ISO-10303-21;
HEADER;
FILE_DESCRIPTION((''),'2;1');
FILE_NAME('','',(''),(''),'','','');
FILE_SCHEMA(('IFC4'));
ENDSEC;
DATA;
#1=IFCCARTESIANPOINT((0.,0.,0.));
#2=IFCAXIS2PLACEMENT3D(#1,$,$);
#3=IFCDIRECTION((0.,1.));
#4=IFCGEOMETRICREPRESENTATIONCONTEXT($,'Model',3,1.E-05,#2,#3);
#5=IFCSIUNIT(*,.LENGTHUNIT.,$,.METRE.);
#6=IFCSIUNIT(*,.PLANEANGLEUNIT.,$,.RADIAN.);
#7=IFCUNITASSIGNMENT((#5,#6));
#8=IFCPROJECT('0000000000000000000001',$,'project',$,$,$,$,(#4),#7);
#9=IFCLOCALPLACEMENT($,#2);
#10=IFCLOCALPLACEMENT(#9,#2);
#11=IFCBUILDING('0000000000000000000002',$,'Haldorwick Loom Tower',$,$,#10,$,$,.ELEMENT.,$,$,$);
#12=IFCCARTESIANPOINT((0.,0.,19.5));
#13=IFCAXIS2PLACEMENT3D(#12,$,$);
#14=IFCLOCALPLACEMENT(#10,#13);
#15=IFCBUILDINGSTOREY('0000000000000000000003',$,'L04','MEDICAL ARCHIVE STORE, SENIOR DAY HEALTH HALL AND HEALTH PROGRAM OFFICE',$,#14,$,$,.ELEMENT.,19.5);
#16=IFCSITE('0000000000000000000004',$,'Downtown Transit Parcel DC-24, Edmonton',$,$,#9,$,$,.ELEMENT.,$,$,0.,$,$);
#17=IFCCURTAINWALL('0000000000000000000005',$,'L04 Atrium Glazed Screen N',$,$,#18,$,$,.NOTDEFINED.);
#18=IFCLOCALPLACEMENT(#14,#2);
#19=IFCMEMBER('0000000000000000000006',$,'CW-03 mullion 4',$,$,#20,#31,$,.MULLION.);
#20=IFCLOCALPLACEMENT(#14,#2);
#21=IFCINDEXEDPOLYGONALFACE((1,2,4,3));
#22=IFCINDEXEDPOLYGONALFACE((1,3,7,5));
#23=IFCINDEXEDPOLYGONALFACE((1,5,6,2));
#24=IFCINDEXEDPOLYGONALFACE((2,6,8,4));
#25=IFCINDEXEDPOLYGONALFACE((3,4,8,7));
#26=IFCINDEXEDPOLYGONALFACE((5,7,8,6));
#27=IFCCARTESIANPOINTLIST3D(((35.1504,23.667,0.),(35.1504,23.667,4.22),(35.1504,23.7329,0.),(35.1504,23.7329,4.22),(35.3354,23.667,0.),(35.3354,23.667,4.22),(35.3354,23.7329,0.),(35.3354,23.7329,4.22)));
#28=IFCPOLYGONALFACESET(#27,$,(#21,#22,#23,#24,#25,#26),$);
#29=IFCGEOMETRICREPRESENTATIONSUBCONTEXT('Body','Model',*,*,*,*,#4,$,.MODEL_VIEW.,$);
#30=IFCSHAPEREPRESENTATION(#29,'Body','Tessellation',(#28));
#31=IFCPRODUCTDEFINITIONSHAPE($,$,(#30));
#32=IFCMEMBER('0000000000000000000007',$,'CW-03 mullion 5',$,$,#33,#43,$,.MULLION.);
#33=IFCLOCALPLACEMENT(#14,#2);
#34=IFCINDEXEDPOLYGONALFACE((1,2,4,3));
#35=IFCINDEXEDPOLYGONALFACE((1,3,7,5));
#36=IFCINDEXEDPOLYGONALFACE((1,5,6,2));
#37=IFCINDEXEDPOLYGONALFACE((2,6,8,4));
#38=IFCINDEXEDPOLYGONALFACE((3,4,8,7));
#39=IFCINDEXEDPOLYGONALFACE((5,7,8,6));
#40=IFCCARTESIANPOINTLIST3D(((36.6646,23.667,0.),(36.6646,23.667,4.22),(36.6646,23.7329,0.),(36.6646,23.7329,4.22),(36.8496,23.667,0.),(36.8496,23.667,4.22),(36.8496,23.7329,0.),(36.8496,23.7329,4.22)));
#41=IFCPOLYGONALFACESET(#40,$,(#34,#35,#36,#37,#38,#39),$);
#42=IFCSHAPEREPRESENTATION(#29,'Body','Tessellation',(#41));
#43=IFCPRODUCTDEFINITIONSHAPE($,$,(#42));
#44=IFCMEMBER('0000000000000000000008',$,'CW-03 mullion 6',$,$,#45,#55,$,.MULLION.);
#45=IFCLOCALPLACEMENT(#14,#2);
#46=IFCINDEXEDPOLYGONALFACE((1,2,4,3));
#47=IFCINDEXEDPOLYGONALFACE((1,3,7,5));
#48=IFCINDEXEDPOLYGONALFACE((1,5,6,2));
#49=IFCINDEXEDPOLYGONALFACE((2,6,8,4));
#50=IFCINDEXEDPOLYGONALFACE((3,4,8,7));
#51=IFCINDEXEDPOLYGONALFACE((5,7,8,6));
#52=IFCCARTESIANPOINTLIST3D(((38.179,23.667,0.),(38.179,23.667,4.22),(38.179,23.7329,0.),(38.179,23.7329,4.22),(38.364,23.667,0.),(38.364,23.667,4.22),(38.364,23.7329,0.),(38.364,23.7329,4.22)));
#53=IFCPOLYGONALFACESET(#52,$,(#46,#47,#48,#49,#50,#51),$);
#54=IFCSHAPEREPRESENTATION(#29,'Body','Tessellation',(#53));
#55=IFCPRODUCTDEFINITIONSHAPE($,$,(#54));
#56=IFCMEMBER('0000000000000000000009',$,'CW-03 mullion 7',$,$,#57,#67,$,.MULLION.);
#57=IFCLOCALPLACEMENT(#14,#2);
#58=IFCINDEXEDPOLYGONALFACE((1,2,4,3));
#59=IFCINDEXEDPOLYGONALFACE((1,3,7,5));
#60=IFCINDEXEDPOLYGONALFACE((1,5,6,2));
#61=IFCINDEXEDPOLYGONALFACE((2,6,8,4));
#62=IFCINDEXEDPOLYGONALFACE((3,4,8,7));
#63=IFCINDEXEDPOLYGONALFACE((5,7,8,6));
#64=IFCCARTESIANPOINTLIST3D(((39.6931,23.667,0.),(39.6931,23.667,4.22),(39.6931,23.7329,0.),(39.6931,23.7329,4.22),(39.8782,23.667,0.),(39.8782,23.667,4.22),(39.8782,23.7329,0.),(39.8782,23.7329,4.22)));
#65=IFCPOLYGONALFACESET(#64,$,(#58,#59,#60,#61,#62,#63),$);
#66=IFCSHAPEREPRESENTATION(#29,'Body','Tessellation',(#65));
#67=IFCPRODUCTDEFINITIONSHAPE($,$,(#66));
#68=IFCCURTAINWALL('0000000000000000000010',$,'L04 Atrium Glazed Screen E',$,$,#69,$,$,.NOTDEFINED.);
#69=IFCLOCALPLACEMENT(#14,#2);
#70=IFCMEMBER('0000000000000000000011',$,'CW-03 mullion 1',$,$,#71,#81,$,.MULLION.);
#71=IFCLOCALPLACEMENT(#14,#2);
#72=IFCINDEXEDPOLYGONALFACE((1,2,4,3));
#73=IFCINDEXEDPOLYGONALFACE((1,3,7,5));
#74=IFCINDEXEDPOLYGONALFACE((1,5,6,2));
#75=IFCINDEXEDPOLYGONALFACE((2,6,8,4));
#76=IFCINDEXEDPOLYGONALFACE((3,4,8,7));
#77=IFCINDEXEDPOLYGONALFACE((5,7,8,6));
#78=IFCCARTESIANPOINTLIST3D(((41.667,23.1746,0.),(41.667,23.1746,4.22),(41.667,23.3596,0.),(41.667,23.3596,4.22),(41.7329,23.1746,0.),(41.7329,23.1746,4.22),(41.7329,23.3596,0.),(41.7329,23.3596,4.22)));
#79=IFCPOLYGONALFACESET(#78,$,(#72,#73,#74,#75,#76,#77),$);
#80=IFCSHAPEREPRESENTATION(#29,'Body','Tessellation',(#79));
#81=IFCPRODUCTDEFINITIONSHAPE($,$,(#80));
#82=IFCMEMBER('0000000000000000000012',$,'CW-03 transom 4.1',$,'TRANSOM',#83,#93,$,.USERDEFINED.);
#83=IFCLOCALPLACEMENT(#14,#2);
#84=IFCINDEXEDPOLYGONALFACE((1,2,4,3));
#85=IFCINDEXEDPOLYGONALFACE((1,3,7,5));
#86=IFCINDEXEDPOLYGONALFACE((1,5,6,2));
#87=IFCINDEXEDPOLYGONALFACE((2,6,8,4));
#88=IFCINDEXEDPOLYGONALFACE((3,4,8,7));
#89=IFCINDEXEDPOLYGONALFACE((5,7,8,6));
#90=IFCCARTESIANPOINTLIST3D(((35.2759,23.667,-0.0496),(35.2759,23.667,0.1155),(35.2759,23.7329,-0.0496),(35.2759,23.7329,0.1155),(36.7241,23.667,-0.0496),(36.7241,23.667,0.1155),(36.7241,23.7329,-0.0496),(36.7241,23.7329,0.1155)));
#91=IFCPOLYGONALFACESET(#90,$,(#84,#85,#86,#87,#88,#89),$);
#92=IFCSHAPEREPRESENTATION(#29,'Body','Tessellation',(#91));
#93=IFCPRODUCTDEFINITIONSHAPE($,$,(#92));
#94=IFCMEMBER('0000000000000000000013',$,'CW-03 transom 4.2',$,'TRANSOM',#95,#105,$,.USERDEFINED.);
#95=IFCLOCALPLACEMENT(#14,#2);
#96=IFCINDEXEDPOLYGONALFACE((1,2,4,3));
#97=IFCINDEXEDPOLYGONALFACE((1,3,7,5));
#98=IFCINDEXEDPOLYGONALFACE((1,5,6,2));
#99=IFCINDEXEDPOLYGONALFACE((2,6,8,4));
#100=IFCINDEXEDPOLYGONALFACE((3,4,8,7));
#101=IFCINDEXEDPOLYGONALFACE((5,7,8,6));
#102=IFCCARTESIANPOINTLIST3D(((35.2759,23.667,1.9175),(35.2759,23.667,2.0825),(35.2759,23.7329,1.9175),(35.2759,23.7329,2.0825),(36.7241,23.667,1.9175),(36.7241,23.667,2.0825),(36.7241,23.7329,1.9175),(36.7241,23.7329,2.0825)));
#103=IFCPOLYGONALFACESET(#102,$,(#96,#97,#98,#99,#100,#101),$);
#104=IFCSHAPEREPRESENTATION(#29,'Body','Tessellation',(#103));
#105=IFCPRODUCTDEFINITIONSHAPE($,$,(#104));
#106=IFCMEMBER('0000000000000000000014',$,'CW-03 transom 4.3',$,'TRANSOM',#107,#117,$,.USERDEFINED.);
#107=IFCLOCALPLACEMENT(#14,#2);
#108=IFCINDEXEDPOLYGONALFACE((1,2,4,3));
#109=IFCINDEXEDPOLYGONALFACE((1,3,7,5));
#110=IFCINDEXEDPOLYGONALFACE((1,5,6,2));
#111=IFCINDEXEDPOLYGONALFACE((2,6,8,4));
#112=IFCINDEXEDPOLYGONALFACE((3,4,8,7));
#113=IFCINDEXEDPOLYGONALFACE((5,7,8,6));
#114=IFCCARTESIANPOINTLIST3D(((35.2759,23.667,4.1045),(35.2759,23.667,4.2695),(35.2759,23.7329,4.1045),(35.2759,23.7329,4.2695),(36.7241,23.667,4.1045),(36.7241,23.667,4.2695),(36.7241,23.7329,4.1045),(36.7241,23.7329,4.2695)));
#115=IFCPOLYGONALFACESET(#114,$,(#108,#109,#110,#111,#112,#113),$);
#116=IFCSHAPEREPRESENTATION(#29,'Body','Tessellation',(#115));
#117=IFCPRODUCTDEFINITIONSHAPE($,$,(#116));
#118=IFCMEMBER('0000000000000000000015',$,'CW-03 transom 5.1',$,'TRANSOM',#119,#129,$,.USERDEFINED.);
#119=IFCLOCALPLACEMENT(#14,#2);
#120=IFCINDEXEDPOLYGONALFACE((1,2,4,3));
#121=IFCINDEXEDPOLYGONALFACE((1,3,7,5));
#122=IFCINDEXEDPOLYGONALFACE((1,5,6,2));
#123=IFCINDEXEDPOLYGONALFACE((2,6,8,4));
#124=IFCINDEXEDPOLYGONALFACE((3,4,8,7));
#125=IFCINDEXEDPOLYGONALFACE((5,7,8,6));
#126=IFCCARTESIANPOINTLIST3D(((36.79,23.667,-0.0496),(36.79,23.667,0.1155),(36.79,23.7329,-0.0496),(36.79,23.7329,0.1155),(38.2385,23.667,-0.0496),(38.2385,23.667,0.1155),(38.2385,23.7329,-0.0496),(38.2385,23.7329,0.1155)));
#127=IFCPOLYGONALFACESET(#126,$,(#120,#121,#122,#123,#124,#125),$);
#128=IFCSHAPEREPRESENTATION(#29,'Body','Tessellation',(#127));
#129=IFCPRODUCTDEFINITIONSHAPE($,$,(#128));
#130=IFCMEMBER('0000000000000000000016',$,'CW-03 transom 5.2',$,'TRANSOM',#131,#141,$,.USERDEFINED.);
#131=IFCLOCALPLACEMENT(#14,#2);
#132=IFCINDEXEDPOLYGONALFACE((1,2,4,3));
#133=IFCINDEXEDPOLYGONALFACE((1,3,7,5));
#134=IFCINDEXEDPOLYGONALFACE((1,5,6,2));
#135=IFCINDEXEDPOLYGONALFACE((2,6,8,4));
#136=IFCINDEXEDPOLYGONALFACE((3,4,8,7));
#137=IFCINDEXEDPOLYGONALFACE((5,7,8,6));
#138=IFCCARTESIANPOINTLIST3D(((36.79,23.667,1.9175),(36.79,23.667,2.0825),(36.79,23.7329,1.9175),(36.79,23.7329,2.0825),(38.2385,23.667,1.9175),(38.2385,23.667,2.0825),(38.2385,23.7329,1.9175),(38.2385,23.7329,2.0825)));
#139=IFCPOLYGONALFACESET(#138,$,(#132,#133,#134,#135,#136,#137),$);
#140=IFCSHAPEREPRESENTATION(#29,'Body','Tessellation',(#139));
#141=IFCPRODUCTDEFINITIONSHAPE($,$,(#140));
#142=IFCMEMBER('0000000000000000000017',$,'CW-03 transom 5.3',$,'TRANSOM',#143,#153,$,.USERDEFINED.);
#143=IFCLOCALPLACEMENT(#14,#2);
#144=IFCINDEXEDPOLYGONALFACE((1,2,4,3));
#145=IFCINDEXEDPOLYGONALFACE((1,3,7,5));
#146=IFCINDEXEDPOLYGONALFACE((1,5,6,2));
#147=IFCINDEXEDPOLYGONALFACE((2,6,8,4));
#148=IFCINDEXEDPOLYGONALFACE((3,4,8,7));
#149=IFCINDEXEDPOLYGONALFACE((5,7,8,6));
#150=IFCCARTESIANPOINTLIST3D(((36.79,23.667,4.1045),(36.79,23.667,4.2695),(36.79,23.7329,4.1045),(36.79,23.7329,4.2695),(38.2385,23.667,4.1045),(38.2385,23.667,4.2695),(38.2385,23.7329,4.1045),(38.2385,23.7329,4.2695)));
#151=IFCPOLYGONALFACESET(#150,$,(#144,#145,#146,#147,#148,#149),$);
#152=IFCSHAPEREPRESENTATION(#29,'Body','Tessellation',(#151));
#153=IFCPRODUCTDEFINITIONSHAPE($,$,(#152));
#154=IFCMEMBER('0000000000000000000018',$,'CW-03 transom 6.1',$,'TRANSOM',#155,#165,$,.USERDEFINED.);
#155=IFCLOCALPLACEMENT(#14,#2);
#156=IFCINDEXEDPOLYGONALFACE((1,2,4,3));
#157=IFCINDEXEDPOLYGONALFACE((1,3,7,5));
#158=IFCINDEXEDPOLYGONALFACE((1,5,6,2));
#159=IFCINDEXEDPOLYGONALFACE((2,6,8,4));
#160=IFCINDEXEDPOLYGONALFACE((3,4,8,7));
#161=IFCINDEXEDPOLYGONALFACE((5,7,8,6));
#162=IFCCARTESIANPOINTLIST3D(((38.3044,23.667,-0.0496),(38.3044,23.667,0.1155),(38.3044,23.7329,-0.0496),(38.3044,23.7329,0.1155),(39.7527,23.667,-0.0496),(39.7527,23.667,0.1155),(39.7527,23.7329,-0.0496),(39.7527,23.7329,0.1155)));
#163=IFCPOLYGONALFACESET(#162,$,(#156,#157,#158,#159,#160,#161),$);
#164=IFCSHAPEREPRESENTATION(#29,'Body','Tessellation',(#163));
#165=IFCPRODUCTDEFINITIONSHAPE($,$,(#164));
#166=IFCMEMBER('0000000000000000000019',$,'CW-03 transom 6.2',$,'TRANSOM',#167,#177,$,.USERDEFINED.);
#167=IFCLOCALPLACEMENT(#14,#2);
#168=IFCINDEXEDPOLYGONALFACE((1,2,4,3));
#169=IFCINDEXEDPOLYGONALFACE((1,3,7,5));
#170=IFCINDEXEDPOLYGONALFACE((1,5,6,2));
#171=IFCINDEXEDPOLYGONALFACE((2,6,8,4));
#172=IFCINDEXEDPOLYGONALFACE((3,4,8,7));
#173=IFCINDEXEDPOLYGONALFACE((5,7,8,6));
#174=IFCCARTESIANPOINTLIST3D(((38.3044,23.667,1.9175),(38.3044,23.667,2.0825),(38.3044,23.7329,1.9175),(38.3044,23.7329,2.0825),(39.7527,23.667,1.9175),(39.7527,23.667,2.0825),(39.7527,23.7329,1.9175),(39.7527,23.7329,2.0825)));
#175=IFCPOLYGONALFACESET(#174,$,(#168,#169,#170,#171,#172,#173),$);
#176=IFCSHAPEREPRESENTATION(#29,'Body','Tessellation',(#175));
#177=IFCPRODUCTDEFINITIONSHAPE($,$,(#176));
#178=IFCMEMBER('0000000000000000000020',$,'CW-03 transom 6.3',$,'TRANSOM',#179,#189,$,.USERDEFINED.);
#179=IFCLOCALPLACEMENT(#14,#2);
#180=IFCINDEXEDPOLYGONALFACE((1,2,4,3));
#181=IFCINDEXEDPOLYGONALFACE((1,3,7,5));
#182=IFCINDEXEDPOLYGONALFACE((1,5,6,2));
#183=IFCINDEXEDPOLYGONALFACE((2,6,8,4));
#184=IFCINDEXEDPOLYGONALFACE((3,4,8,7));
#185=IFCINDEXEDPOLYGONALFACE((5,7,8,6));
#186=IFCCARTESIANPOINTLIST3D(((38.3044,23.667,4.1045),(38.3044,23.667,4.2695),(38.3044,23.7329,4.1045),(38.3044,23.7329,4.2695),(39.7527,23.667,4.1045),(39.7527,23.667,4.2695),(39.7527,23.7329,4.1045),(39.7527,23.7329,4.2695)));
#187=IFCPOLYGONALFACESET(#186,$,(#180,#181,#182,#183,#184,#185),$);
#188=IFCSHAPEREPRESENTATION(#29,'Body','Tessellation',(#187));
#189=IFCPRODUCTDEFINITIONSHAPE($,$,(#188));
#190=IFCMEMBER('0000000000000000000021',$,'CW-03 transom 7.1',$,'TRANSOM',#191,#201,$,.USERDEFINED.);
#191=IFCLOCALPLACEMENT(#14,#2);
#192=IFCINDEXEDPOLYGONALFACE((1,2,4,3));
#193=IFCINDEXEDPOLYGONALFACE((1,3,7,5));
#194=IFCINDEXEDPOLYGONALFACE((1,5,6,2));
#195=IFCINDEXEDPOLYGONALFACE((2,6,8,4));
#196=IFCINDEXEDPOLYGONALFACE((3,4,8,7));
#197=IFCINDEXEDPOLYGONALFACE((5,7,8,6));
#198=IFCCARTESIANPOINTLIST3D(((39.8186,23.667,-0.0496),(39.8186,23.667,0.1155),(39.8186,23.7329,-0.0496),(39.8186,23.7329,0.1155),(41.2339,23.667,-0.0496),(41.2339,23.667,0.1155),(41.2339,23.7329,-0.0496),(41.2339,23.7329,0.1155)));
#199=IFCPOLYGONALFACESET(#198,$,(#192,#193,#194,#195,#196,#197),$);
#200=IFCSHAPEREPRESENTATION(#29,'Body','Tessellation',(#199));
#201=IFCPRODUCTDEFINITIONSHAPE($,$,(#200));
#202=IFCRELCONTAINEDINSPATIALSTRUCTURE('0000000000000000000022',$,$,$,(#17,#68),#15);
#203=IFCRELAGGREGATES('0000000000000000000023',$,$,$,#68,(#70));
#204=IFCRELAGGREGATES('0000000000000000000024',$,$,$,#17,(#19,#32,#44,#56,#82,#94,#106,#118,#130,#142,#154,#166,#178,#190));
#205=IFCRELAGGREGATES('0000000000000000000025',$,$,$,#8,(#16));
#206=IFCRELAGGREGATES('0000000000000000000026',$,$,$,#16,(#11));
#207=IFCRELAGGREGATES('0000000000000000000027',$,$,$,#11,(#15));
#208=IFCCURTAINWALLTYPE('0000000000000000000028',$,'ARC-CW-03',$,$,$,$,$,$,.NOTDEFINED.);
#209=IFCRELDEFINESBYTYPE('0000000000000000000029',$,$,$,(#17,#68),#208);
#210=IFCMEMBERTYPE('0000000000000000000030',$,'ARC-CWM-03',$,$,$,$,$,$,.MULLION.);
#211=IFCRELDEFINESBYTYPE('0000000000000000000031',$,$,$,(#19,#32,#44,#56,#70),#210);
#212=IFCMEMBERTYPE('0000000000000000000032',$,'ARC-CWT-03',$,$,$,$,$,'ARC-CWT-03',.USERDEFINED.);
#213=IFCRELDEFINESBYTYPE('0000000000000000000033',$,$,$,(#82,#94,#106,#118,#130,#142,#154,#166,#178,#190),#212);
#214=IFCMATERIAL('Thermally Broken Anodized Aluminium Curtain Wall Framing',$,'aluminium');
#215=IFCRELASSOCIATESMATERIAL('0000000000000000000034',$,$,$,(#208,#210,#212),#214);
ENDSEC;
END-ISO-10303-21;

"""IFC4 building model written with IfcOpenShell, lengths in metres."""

from ifc_helpers import new_model, si_unit, direction, frame, origin, origin_2d, place, context, subcontext, project, spatial, rectangle, extrude, material, material_profile, profile_set, type_object, element, aggregate, save


model = new_model("IFC4")

# Units and contexts
model_context = context("Model", 3, precision=1e-05, world=origin(), true_north=direction((0.0, 1.0)))
body_context = subcontext(model_context, "Body", "Model", "MODEL_VIEW")
ifc_project = project(units=[si_unit("LENGTHUNIT", "METRE"), si_unit("PLANEANGLEUNIT", "RADIAN")], contexts=[model_context])

# Site, building, storey
site_placement = place(None, origin())
site = spatial("IfcSite", under=ifc_project, at=site_placement, Name="Downtown Transit Parcel DC-24, Edmonton", CompositionType="ELEMENT", RefElevation=0.0)
building_placement = place(site_placement, origin())
building = spatial("IfcBuilding", under=site, at=building_placement, Name="Haldorwick Loom Tower", CompositionType="ELEMENT")
storey_placement = place(building_placement, frame((0.0, 0.0, 19.5)))
storey = spatial("IfcBuildingStorey", under=building, at=storey_placement, Name="L04", Description="MEDICAL ARCHIVE STORE, SENIOR DAY HEALTH HALL AND HEALTH PROGRAM OFFICE", CompositionType="ELEMENT", Elevation=19.5)

# Curtain wall, members
ifc_material_1 = material(Name="Thermally Broken Anodized Aluminium Curtain Wall Framing", Category="aluminium")
curtain_wall_type = type_object("IfcCurtainWallType", Name="ARC-CW-03", PredefinedType="NOTDEFINED", material=ifc_material_1)
curtain_wall_1_placement = place(storey_placement, origin())
curtain_wall_1 = element("IfcCurtainWall", 1, at=curtain_wall_1_placement, inside=storey, type_object=curtain_wall_type, Name="L04 Atrium Glazed Screen N", PredefinedType="NOTDEFINED")
ifc_material_profile_1 = material_profile(ifc_material_1, rectangle(XDim=0.0659, YDim=0.1851, at=origin_2d()), Name="ALU_MUL_66X185", Category="aluminium")
ifc_profile_set_1 = profile_set([ifc_material_profile_1], Name="Thermally Broken Anodized Aluminium Curtain Wall Framing")
member_type_1 = type_object("IfcMemberType", Name="ARC-CWM-03", PredefinedType="MULLION", material=ifc_profile_set_1)
member_1_placement = place(storey_placement, frame((35.2429, 23.7, 0.0), z_axis=(0.0, 0.0, 1.0), x_axis=(0.0, 1.0, 0.0)))
member_1 = element("IfcMember", 2, at=member_1_placement, type_object=member_type_1, Name="CW-03 mullion 4", PredefinedType="MULLION", context=body_context, shape_type="SweptSolid", body=[
    extrude(rectangle(XDim=0.0659, YDim=0.1851, at=origin_2d()), origin(), (0.0, 0.0, 1.0), 4.22),
])
member_2_placement = place(storey_placement, frame((36.7571, 23.7, 0.0), z_axis=(0.0, 0.0, 1.0), x_axis=(0.0, 1.0, 0.0)))
member_2 = element("IfcMember", 3, at=member_2_placement, type_object=member_type_1, Name="CW-03 mullion 5", PredefinedType="MULLION", context=body_context, shape_type="SweptSolid", body=[
    extrude(rectangle(XDim=0.0659, YDim=0.1851, at=origin_2d()), origin(), (0.0, 0.0, 1.0), 4.22),
])
member_3_placement = place(storey_placement, frame((38.2715, 23.7, 0.0), z_axis=(0.0, 0.0, 1.0), x_axis=(0.0, 1.0, 0.0)))
member_3 = element("IfcMember", 4, at=member_3_placement, type_object=member_type_1, Name="CW-03 mullion 6", PredefinedType="MULLION", context=body_context, shape_type="SweptSolid", body=[
    extrude(rectangle(XDim=0.0659, YDim=0.1851, at=origin_2d()), origin(), (0.0, 0.0, 1.0), 4.22),
])
member_4_placement = place(storey_placement, frame((39.7856, 23.7, 0.0), z_axis=(0.0, 0.0, 1.0), x_axis=(0.0, 1.0, 0.0)))
member_4 = element("IfcMember", 5, at=member_4_placement, type_object=member_type_1, Name="CW-03 mullion 7", PredefinedType="MULLION", context=body_context, shape_type="SweptSolid", body=[
    extrude(rectangle(XDim=0.0659, YDim=0.1851, at=origin_2d()), origin(), (0.0, 0.0, 1.0), 4.22),
])

# Curtain wall, member
curtain_wall_2_placement = place(storey_placement, origin())
curtain_wall_2 = element("IfcCurtainWall", 6, at=curtain_wall_2_placement, inside=storey, type_object=curtain_wall_type, Name="L04 Atrium Glazed Screen E", PredefinedType="NOTDEFINED")
member_5_placement = place(storey_placement, frame((41.7, 23.2671, 0.0), z_axis=(0.0, 0.0, 1.0), x_axis=(1.0, 0.0, 0.0)))
member_5 = element("IfcMember", 7, at=member_5_placement, type_object=member_type_1, Name="CW-03 mullion 1", PredefinedType="MULLION", context=body_context, shape_type="SweptSolid", body=[
    extrude(rectangle(XDim=0.0659, YDim=0.1851, at=origin_2d()), origin(), (0.0, 0.0, 1.0), 4.22),
])

# Members
ifc_material_profile_2 = material_profile(ifc_material_1, rectangle(XDim=0.0659, YDim=0.165, at=origin_2d()), Name="ALU_TRN_66X165", Category="aluminium")
ifc_profile_set_2 = profile_set([ifc_material_profile_2], Name="Thermally Broken Anodized Aluminium Curtain Wall Framing")
member_type_2 = type_object("IfcMemberType", Name="ARC-CWT-03", ElementType="ARC-CWT-03", PredefinedType="USERDEFINED", material=ifc_profile_set_2)
member_6_placement = place(storey_placement, frame((35.2759, 23.7, 0.033), z_axis=(1.0, 0.0, 0.0), x_axis=(0.0, 1.0, 0.0)))
member_6 = element("IfcMember", 8, at=member_6_placement, type_object=member_type_2, Name="CW-03 transom 4.1", ObjectType="TRANSOM", PredefinedType="USERDEFINED", context=body_context, shape_type="SweptSolid", body=[
    extrude(rectangle(XDim=0.0659, YDim=0.165, at=origin_2d()), origin(), (0.0, 0.0, 1.0), 1.4482),
])
member_7_placement = place(storey_placement, frame((35.2759, 23.7, 2.0), z_axis=(1.0, 0.0, 0.0), x_axis=(0.0, 1.0, 0.0)))
member_7 = element("IfcMember", 9, at=member_7_placement, type_object=member_type_2, Name="CW-03 transom 4.2", ObjectType="TRANSOM", PredefinedType="USERDEFINED", context=body_context, shape_type="SweptSolid", body=[
    extrude(rectangle(XDim=0.0659, YDim=0.165, at=origin_2d()), origin(), (0.0, 0.0, 1.0), 1.4482),
])
member_8_placement = place(storey_placement, frame((35.2759, 23.7, 4.187), z_axis=(1.0, 0.0, 0.0), x_axis=(0.0, 1.0, 0.0)))
member_8 = element("IfcMember", 10, at=member_8_placement, type_object=member_type_2, Name="CW-03 transom 4.3", ObjectType="TRANSOM", PredefinedType="USERDEFINED", context=body_context, shape_type="SweptSolid", body=[
    extrude(rectangle(XDim=0.0659, YDim=0.165, at=origin_2d()), origin(), (0.0, 0.0, 1.0), 1.4482),
])
member_9_placement = place(storey_placement, frame((36.79, 23.7, 0.033), z_axis=(1.0, 0.0, 0.0), x_axis=(0.0, 1.0, 0.0)))
member_9 = element("IfcMember", 11, at=member_9_placement, type_object=member_type_2, Name="CW-03 transom 5.1", ObjectType="TRANSOM", PredefinedType="USERDEFINED", context=body_context, shape_type="SweptSolid", body=[
    extrude(rectangle(XDim=0.0659, YDim=0.165, at=origin_2d()), origin(), (0.0, 0.0, 1.0), 1.4485),
])
member_10_placement = place(storey_placement, frame((36.79, 23.7, 2.0), z_axis=(1.0, 0.0, 0.0), x_axis=(0.0, 1.0, 0.0)))
member_10 = element("IfcMember", 12, at=member_10_placement, type_object=member_type_2, Name="CW-03 transom 5.2", ObjectType="TRANSOM", PredefinedType="USERDEFINED", context=body_context, shape_type="SweptSolid", body=[
    extrude(rectangle(XDim=0.0659, YDim=0.165, at=origin_2d()), origin(), (0.0, 0.0, 1.0), 1.4485),
])
member_11_placement = place(storey_placement, frame((36.79, 23.7, 4.187), z_axis=(1.0, 0.0, 0.0), x_axis=(0.0, 1.0, 0.0)))
member_11 = element("IfcMember", 13, at=member_11_placement, type_object=member_type_2, Name="CW-03 transom 5.3", ObjectType="TRANSOM", PredefinedType="USERDEFINED", context=body_context, shape_type="SweptSolid", body=[
    extrude(rectangle(XDim=0.0659, YDim=0.165, at=origin_2d()), origin(), (0.0, 0.0, 1.0), 1.4485),
])
member_12_placement = place(storey_placement, frame((38.3044, 23.7, 0.033), z_axis=(1.0, 0.0, 0.0), x_axis=(0.0, 1.0, 0.0)))
member_12 = element("IfcMember", 14, at=member_12_placement, type_object=member_type_2, Name="CW-03 transom 6.1", ObjectType="TRANSOM", PredefinedType="USERDEFINED", context=body_context, shape_type="SweptSolid", body=[
    extrude(rectangle(XDim=0.0659, YDim=0.165, at=origin_2d()), origin(), (0.0, 0.0, 1.0), 1.4482),
])
member_13_placement = place(storey_placement, frame((38.3044, 23.7, 2.0), z_axis=(1.0, 0.0, 0.0), x_axis=(0.0, 1.0, 0.0)))
member_13 = element("IfcMember", 15, at=member_13_placement, type_object=member_type_2, Name="CW-03 transom 6.2", ObjectType="TRANSOM", PredefinedType="USERDEFINED", context=body_context, shape_type="SweptSolid", body=[
    extrude(rectangle(XDim=0.0659, YDim=0.165, at=origin_2d()), origin(), (0.0, 0.0, 1.0), 1.4482),
])
member_14_placement = place(storey_placement, frame((38.3044, 23.7, 4.187), z_axis=(1.0, 0.0, 0.0), x_axis=(0.0, 1.0, 0.0)))
member_14 = element("IfcMember", 16, at=member_14_placement, type_object=member_type_2, Name="CW-03 transom 6.3", ObjectType="TRANSOM", PredefinedType="USERDEFINED", context=body_context, shape_type="SweptSolid", body=[
    extrude(rectangle(XDim=0.0659, YDim=0.165, at=origin_2d()), origin(), (0.0, 0.0, 1.0), 1.4482),
])
member_15_placement = place(storey_placement, frame((39.8186, 23.7, 0.033), z_axis=(1.0, 0.0, 0.0), x_axis=(0.0, 1.0, 0.0)))
member_15 = element("IfcMember", 17, at=member_15_placement, type_object=member_type_2, Name="CW-03 transom 7.1", ObjectType="TRANSOM", PredefinedType="USERDEFINED", context=body_context, shape_type="SweptSolid", body=[
    extrude(rectangle(XDim=0.0659, YDim=0.165, at=origin_2d()), origin(), (0.0, 0.0, 1.0), 1.4153),
])
aggregate(curtain_wall_2, [member_5])

aggregate(curtain_wall_1, [member_1, member_2, member_3, member_4, member_6, member_7, member_8, member_9, member_10, member_11, member_12, member_13, member_14, member_15])

save(model, "model.ifc")
